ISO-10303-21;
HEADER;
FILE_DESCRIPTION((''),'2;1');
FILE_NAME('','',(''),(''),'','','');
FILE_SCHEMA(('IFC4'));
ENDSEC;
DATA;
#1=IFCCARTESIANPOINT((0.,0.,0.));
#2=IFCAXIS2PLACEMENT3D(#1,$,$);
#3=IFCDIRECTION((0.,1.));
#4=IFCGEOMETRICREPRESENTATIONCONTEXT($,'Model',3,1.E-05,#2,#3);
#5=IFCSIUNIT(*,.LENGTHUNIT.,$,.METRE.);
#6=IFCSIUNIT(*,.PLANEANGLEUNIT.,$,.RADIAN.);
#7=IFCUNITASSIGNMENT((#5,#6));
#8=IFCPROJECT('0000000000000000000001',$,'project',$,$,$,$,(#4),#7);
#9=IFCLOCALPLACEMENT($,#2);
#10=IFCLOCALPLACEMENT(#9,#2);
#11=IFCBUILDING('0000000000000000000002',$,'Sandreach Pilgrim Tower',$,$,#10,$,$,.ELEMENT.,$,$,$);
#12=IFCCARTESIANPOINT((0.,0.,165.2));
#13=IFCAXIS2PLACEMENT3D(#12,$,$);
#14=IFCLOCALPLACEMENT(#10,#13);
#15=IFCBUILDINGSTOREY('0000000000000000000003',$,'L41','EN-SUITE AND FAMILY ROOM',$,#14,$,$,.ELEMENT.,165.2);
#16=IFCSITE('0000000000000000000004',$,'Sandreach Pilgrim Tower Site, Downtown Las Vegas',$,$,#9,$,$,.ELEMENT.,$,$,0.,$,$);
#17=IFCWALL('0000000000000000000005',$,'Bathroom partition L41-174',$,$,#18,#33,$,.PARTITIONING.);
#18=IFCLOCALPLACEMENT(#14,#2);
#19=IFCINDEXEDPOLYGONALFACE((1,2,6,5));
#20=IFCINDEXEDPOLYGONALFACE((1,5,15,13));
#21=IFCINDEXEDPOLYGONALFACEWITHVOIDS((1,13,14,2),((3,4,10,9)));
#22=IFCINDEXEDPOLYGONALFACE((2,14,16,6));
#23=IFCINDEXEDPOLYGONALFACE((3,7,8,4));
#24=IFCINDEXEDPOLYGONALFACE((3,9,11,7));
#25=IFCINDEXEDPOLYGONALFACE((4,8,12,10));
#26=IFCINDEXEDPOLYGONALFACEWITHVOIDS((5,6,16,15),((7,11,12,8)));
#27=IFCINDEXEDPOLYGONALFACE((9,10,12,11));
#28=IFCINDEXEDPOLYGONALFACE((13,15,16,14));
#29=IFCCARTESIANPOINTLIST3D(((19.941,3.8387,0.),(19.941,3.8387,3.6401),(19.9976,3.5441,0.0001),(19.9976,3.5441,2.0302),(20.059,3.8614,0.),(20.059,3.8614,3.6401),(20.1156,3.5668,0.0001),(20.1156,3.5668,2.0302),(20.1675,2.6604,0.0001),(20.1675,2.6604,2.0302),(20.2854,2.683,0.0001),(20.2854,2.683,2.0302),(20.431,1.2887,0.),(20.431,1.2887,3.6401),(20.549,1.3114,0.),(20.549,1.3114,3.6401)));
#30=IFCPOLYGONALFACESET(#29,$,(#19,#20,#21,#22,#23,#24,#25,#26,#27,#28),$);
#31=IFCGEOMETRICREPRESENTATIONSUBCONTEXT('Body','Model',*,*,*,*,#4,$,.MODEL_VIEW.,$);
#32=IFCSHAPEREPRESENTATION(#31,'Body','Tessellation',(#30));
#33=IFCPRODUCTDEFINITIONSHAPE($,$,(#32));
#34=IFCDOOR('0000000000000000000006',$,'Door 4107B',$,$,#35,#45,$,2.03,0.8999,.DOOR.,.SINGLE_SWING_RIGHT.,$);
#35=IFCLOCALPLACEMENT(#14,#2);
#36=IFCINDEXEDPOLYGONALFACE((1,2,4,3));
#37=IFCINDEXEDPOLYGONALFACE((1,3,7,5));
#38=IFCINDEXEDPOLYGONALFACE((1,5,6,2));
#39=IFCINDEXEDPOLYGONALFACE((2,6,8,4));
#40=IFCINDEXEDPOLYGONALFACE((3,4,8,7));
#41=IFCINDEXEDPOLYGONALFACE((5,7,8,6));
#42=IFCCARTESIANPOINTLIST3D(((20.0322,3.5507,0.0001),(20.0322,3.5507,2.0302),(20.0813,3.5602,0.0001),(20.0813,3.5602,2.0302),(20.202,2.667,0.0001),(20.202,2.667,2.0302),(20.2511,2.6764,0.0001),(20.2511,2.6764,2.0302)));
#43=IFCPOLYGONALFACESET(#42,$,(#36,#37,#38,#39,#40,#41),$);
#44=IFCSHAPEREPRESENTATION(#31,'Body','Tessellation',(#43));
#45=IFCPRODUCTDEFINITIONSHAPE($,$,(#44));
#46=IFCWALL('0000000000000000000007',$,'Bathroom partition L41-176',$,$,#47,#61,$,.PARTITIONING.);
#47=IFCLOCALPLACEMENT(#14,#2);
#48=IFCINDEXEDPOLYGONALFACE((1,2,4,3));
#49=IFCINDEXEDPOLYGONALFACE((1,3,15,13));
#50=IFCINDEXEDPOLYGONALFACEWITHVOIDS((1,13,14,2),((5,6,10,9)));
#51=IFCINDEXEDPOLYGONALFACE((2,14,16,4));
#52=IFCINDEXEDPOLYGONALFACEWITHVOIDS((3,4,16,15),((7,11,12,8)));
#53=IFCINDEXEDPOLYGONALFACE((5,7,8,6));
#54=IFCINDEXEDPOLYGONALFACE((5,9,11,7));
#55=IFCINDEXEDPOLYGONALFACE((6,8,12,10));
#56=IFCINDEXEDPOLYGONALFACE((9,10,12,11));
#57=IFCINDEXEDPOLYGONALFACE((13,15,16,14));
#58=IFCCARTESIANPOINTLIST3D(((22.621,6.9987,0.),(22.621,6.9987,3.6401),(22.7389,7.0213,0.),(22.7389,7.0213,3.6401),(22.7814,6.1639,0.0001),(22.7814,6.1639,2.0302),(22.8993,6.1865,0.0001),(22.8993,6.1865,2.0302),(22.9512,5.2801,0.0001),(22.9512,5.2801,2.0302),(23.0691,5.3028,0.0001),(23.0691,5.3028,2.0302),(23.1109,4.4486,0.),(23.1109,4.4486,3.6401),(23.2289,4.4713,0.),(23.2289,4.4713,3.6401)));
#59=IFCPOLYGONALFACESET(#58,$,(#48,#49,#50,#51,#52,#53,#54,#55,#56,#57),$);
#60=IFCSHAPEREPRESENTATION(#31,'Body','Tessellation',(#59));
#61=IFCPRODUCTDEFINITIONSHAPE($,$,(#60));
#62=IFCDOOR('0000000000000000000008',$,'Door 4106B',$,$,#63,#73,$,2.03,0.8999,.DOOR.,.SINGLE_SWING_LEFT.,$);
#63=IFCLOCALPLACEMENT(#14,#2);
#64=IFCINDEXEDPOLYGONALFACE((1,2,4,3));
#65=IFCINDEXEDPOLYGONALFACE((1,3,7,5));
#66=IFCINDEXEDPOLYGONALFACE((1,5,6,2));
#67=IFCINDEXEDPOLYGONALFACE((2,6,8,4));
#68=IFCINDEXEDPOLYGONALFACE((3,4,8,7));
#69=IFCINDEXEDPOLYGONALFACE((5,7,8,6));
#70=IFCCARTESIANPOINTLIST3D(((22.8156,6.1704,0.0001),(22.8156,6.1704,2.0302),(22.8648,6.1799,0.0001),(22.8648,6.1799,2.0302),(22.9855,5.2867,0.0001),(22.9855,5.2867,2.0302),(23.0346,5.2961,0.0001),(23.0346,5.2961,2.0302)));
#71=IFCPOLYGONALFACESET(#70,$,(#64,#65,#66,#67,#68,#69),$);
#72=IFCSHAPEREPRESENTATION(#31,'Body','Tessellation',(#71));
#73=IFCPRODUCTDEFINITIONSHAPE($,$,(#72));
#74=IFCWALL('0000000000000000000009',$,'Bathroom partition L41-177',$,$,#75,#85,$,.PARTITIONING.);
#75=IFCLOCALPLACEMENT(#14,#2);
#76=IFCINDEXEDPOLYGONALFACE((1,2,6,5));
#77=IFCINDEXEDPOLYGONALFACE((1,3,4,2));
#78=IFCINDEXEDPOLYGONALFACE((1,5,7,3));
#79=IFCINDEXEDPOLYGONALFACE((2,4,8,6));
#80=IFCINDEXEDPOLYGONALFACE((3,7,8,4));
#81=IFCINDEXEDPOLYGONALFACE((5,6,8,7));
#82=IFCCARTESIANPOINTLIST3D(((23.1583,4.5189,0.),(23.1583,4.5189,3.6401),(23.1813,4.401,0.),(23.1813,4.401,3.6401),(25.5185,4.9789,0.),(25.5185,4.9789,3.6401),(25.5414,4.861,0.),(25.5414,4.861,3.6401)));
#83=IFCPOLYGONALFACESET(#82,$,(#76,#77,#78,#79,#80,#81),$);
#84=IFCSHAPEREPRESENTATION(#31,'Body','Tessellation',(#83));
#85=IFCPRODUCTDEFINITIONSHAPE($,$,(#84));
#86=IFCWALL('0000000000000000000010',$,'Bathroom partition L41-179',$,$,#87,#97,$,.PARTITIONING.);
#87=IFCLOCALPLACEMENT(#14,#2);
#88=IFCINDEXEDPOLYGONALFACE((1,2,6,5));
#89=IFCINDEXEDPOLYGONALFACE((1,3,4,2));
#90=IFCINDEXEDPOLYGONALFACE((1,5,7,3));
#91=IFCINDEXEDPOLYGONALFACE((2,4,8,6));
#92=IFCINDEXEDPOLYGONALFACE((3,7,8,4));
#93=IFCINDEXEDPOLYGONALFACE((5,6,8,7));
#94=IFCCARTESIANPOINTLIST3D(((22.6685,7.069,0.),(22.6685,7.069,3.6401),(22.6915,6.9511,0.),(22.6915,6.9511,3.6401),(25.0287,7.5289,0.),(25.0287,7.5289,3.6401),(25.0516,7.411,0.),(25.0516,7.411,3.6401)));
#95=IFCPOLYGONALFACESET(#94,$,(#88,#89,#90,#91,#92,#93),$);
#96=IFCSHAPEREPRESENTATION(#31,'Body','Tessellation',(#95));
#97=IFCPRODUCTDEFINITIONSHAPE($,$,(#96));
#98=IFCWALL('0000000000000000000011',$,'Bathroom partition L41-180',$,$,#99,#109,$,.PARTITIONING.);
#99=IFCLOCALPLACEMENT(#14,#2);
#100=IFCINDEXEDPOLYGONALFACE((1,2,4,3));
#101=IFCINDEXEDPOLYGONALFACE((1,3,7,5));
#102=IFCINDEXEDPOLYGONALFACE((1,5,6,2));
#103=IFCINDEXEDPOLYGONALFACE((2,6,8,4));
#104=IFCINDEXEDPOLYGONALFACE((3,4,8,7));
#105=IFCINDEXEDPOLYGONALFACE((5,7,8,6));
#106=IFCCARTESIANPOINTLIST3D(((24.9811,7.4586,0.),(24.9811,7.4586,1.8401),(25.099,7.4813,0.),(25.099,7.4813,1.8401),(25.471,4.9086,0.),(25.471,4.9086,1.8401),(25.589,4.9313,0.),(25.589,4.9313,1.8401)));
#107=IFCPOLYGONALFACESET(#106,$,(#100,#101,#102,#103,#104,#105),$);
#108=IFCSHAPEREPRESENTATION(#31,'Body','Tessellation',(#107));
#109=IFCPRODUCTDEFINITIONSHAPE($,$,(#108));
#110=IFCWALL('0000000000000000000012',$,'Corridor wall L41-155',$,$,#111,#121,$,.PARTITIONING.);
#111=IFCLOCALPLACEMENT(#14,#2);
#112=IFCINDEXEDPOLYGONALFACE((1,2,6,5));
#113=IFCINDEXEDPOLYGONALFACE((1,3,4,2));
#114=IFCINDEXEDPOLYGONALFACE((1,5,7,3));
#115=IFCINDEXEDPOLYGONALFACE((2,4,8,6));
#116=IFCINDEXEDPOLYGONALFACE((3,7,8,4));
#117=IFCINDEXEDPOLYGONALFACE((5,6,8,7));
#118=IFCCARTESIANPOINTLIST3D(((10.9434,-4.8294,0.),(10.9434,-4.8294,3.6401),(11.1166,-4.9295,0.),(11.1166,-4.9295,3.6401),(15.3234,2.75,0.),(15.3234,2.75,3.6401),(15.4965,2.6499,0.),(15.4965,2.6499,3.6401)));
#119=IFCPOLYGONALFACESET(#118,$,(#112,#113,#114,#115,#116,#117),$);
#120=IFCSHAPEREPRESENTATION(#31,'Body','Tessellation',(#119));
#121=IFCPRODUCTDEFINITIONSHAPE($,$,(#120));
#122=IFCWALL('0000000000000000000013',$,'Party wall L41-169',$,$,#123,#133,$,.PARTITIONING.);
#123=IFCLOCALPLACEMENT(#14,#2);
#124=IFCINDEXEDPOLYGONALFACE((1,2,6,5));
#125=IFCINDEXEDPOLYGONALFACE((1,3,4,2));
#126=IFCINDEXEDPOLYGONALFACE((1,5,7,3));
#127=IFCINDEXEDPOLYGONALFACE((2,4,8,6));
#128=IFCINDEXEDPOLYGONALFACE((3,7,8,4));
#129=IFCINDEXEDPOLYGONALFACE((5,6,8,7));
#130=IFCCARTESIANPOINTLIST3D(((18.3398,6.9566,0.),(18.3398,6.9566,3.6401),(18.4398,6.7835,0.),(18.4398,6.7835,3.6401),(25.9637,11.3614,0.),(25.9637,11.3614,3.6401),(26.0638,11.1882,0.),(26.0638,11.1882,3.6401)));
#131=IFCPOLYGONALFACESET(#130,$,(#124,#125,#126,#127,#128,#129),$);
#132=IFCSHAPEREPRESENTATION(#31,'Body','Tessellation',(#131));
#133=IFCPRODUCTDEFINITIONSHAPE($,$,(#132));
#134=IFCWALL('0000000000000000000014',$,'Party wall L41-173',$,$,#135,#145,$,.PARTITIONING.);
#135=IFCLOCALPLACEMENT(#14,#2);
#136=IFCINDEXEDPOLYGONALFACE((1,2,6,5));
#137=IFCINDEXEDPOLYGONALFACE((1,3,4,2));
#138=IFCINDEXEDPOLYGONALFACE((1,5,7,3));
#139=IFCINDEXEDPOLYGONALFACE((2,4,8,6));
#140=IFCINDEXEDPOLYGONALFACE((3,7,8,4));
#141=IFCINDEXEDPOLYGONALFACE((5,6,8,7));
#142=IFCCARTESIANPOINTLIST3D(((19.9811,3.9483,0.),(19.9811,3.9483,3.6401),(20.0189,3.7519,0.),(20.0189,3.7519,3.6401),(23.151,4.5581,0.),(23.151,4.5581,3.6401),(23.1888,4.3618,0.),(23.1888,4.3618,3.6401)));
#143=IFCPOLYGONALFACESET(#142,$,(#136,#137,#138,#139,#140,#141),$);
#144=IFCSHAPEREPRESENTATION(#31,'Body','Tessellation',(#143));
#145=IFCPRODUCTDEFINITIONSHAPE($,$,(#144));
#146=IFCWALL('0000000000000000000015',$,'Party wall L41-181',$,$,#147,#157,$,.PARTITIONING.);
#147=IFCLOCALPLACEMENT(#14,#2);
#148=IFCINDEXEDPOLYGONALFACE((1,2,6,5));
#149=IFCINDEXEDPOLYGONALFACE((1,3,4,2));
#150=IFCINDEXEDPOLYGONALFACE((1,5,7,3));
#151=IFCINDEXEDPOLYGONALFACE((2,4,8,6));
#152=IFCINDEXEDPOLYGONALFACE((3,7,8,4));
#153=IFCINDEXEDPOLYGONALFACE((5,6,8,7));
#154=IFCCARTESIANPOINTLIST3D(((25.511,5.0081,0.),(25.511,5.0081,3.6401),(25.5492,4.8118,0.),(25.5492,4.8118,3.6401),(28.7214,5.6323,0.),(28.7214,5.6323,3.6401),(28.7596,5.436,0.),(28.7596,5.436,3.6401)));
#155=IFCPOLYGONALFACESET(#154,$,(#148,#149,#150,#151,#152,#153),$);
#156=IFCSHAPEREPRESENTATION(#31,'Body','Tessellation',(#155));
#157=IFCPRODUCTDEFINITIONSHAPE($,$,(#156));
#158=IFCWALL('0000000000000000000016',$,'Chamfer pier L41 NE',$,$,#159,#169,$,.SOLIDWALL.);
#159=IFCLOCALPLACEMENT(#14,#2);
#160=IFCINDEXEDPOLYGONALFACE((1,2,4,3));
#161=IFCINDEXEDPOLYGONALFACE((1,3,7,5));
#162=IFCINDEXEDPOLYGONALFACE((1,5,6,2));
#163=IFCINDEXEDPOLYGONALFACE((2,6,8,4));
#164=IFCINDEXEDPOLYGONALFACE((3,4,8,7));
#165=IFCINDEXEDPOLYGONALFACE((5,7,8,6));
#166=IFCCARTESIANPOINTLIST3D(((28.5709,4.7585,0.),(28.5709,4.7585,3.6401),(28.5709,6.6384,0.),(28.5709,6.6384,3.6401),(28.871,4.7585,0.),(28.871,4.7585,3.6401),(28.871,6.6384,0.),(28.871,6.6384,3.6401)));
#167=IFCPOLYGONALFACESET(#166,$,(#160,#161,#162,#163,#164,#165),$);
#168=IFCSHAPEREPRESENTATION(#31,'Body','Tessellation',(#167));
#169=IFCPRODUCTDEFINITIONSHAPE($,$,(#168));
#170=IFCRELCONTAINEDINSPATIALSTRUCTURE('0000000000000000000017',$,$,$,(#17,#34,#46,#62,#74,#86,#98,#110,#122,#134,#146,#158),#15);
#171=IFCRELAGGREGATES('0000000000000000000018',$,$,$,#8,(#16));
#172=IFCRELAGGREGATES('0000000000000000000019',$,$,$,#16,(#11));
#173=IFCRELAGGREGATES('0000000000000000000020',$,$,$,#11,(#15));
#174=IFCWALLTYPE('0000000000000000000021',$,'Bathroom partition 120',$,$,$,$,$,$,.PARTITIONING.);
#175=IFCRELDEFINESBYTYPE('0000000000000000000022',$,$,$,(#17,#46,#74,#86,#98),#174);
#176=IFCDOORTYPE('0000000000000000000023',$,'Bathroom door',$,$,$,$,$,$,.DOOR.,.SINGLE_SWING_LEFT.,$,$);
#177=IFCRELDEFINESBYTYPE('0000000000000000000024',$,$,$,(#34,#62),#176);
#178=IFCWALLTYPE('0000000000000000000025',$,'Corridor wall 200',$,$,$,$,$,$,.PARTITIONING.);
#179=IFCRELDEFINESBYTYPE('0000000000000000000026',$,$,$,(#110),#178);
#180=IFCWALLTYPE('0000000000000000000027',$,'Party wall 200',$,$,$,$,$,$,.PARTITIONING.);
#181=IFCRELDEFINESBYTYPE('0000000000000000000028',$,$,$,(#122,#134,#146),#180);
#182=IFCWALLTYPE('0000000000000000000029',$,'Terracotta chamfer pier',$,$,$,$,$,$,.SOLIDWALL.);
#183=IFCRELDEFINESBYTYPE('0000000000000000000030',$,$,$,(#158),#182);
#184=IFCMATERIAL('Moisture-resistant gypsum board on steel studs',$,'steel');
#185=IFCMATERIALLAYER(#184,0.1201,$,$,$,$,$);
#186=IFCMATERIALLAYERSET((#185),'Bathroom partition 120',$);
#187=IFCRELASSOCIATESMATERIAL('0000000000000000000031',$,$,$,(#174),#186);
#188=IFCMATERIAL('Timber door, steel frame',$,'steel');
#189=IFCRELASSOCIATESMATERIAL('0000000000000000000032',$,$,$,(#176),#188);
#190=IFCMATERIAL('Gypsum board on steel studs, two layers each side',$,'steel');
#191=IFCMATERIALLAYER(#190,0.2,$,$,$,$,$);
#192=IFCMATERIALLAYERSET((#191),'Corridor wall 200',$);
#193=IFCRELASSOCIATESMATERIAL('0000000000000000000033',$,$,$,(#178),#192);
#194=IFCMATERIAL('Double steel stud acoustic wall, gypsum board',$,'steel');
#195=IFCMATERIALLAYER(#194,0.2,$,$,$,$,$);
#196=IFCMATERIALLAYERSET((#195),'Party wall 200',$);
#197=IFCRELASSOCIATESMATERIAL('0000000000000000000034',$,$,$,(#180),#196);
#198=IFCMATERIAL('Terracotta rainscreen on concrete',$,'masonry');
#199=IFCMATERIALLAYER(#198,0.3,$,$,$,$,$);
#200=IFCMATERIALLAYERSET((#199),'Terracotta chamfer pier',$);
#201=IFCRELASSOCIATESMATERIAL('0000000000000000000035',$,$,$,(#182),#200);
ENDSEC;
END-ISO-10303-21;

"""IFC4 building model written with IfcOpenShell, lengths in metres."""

from ifc_helpers import new_model, si_unit, direction, frame, frame_2d, origin, place, context, subcontext, project, spatial, rectangle, extrude, material, layer, layer_set, type_object, element, fill, save


model = new_model("IFC4")

# Units and contexts
model_context = context("Model", 3, precision=1e-05, world=origin(), true_north=direction((0.0, 1.0)))
body_context = subcontext(model_context, "Body", "Model", "MODEL_VIEW")
ifc_project = project(units=[si_unit("LENGTHUNIT", "METRE"), si_unit("PLANEANGLEUNIT", "RADIAN")], contexts=[model_context])

# Site, building, storey
site_placement = place(None, origin())
site = spatial("IfcSite", under=ifc_project, at=site_placement, Name="Sandreach Pilgrim Tower Site, Downtown Las Vegas", CompositionType="ELEMENT", RefElevation=0.0)
building_placement = place(site_placement, origin())
building = spatial("IfcBuilding", under=site, at=building_placement, Name="Sandreach Pilgrim Tower", CompositionType="ELEMENT")
storey_placement = place(building_placement, frame((0.0, 0.0, 165.2)))
storey = spatial("IfcBuildingStorey", under=building, at=storey_placement, Name="L41", Description="EN-SUITE AND FAMILY ROOM", CompositionType="ELEMENT", Elevation=165.2)

# Shared definitions
ifc_material_1 = material(Name="Moisture-resistant gypsum board on steel studs", Category="steel")
ifc_layer_1 = layer(ifc_material_1, 0.1201)
ifc_layer_set_1 = layer_set([ifc_layer_1], Name="Bathroom partition 120")
wall_type_1 = type_object("IfcWallType", Name="Bathroom partition 120", PredefinedType="PARTITIONING", material=ifc_layer_set_1)

# Walls, openings, doors
wall_1_placement = place(storey_placement, frame((20.49, 1.3, 0.0), z_axis=(0.0, 0.0, 1.0), x_axis=(-0.188697, 0.982035, 0.0)))
wall_1 = element("IfcWall", 1, at=wall_1_placement, inside=storey, type_object=wall_type_1, Name="Bathroom partition L41-174", PredefinedType="PARTITIONING", context=body_context, shape_type="SweptSolid", body=[
    extrude(rectangle(XDim=2.5967, YDim=0.1201, at=frame_2d((1.2983, 0.0))), origin(), (0.0, 0.0, 1.0), 3.6401),
])
opening_1_placement = place(wall_1_placement, frame((1.3967, 0.0, 0.0)))
opening_1 = element("IfcOpeningElement", 2, at=opening_1_placement, cuts=wall_1, PredefinedType="OPENING", context=body_context, shape_type="SweptSolid", body=[
    extrude(rectangle(XDim=0.8999, YDim=2.03, at=frame_2d((0.45, 1.0151))), frame((0.0, 0.0601, 0.0), z_axis=(0.0, -1.0, 0.0), x_axis=(1.0, 0.0, 0.0)), (0.0, 0.0, 1.0), 0.1201),
])
ifc_material_2 = material(Name="Timber door, steel frame", Category="steel")
door_type_1 = type_object("IfcDoorType", Name="Bathroom door", OperationType="SINGLE_SWING_LEFT", PredefinedType="DOOR", material=ifc_material_2)
door_1_placement = place(opening_1_placement, origin())
door_1 = element("IfcDoor", 3, at=door_1_placement, inside=storey, type_object=door_type_1, Name="Door 4107B", OperationType="SINGLE_SWING_RIGHT", OverallHeight=2.03, OverallWidth=0.8999, PredefinedType="DOOR", context=body_context, shape_type="SweptSolid", body=[
    extrude(rectangle(XDim=0.8999, YDim=2.03, at=frame_2d((0.45, 1.0151))), frame((0.0, 0.0249, 0.0), z_axis=(0.0, -1.0, 0.0), x_axis=(1.0, 0.0, 0.0)), (0.0, 0.0, 1.0), 0.05),
])
fill(opening_1, door_1)
wall_2_placement = place(storey_placement, frame((22.6799, 7.01, 0.0), z_axis=(0.0, 0.0, 1.0), x_axis=(0.188697, -0.982035, 0.0)))
wall_2 = element("IfcWall", 4, at=wall_2_placement, inside=storey, type_object=wall_type_1, Name="Bathroom partition L41-176", PredefinedType="PARTITIONING", context=body_context, shape_type="SweptSolid", body=[
    extrude(rectangle(XDim=2.5967, YDim=0.1201, at=frame_2d((1.2983, 0.0))), origin(), (0.0, 0.0, 1.0), 3.6401),
])
opening_2_placement = place(wall_2_placement, frame((0.8501, 0.0, 0.0)))
opening_2 = element("IfcOpeningElement", 5, at=opening_2_placement, cuts=wall_2, PredefinedType="OPENING", context=body_context, shape_type="SweptSolid", body=[
    extrude(rectangle(XDim=0.8999, YDim=2.03, at=frame_2d((0.45, 1.0151))), frame((0.0, 0.0601, 0.0), z_axis=(0.0, -1.0, 0.0), x_axis=(1.0, 0.0, 0.0)), (0.0, 0.0, 1.0), 0.1201),
])
door_2_placement = place(opening_2_placement, origin())
door_2 = element("IfcDoor", 6, at=door_2_placement, inside=storey, type_object=door_type_1, Name="Door 4106B", OperationType="SINGLE_SWING_LEFT", OverallHeight=2.03, OverallWidth=0.8999, PredefinedType="DOOR", context=body_context, shape_type="SweptSolid", body=[
    extrude(rectangle(XDim=0.8999, YDim=2.03, at=frame_2d((0.45, 1.0151))), frame((0.0, 0.0249, 0.0), z_axis=(0.0, -1.0, 0.0), x_axis=(1.0, 0.0, 0.0)), (0.0, 0.0, 1.0), 0.05),
])
fill(opening_2, door_2)

# Walls
for number, where, z_axis, x_axis, name in (
    (7, (23.1699, 4.46, 0.0), (0.0, 0.0, 1.0), (0.981533, 0.191291, 0.0), "Bathroom partition L41-177"),
    (8, (25.04, 7.47, 0.0), (0.0, 0.0, 1.0), (-0.981533, -0.191291, 0.0), "Bathroom partition L41-179"),
):
    element("IfcWall", number, at=place(storey_placement, frame(where, z_axis=z_axis, x_axis=x_axis)), inside=storey, type_object=wall_type_1, Name=name, PredefinedType="PARTITIONING", context=body_context, shape_type="SweptSolid", body=[
        extrude(rectangle(XDim=2.4045, YDim=0.1201, at=frame_2d((1.2021, 0.0))), origin(), (0.0, 0.0, 1.0), 3.6401),
    ])
wall_3_placement = place(storey_placement, frame((25.53, 4.9199, 0.0), z_axis=(0.0, 0.0, 1.0), x_axis=(-0.188697, 0.982035, 0.0)))
element("IfcWall", 9, at=wall_3_placement, inside=storey, type_object=wall_type_1, Name="Bathroom partition L41-180", PredefinedType="PARTITIONING", context=body_context, shape_type="SweptSolid", body=[
    extrude(rectangle(XDim=2.5967, YDim=0.1201, at=frame_2d((1.2983, 0.0))), origin(), (0.0, 0.0, 1.0), 1.8401),
])
ifc_material_3 = material(Name="Gypsum board on steel studs, two layers each side", Category="steel")
ifc_layer_2 = layer(ifc_material_3, 0.2)
ifc_layer_set_2 = layer_set([ifc_layer_2], Name="Corridor wall 200")
wall_type_2 = type_object("IfcWallType", Name="Corridor wall 200", PredefinedType="PARTITIONING", material=ifc_layer_set_2)
wall_4_placement = place(storey_placement, frame((15.4099, 2.7, 0.0), z_axis=(0.0, 0.0, 1.0), x_axis=(-0.500338, -0.86583, 0.0)))
element("IfcWall", 10, at=wall_4_placement, inside=storey, type_object=wall_type_2, Name="Corridor wall L41-155", PredefinedType="PARTITIONING", context=body_context, shape_type="SweptSolid", body=[
    extrude(rectangle(XDim=8.7539, YDim=0.2, at=frame_2d((4.377, 0.0))), origin(), (0.0, 0.0, 1.0), 3.6401),
])

# Walls
ifc_material_4 = material(Name="Double steel stud acoustic wall, gypsum board", Category="steel")
ifc_layer_3 = layer(ifc_material_4, 0.2)
ifc_layer_set_3 = layer_set([ifc_layer_3], Name="Party wall 200")
wall_type_3 = type_object("IfcWallType", Name="Party wall 200", PredefinedType="PARTITIONING", material=ifc_layer_set_3)
wall_5_placement = place(storey_placement, frame((18.3899, 6.8701, 0.0), z_axis=(0.0, 0.0, 1.0), x_axis=(0.865875, 0.50026, 0.0)))
element("IfcWall", 11, at=wall_5_placement, inside=storey, type_object=wall_type_3, Name="Party wall L41-169", PredefinedType="PARTITIONING", context=body_context, shape_type="SweptSolid", body=[
    extrude(rectangle(XDim=8.8049, YDim=0.2, at=frame_2d((4.4023, 0.0))), origin(), (0.0, 0.0, 1.0), 3.6401),
])
wall_6_placement = place(storey_placement, frame((20.0, 3.8501, 0.0), z_axis=(0.0, 0.0, 1.0), x_axis=(0.981991, 0.188926, 0.0)))
element("IfcWall", 12, at=wall_6_placement, inside=storey, type_object=wall_type_3, Name="Party wall L41-173", PredefinedType="PARTITIONING", context=body_context, shape_type="SweptSolid", body=[
    extrude(rectangle(XDim=3.228, YDim=0.2, at=frame_2d((1.614, 0.0))), origin(), (0.0, 0.0, 1.0), 3.6401),
])
wall_7_placement = place(storey_placement, frame((28.7405, 5.5342, 0.0), z_axis=(0.0, 0.0, 1.0), x_axis=(-0.981615, -0.190874, 0.0)))
element("IfcWall", 13, at=wall_7_placement, inside=storey, type_object=wall_type_3, Name="Party wall L41-181", PredefinedType="PARTITIONING", context=body_context, shape_type="SweptSolid", body=[
    extrude(rectangle(XDim=3.2705, YDim=0.2, at=frame_2d((1.6353, 0.0))), origin(), (0.0, 0.0, 1.0), 3.6401),
])
ifc_material_5 = material(Name="Terracotta rainscreen on concrete", Category="masonry")
ifc_layer_4 = layer(ifc_material_5, 0.3)
ifc_layer_set_4 = layer_set([ifc_layer_4], Name="Terracotta chamfer pier")
wall_type_4 = type_object("IfcWallType", Name="Terracotta chamfer pier", PredefinedType="SOLIDWALL", material=ifc_layer_set_4)
wall_8_placement = place(storey_placement, frame((28.7209, 6.6384, 0.0), z_axis=(0.0, 0.0, 1.0), x_axis=(0.0, -1.0, 0.0)))
element("IfcWall", 14, at=wall_8_placement, inside=storey, type_object=wall_type_4, Name="Chamfer pier L41 NE", PredefinedType="SOLIDWALL", context=body_context, shape_type="SweptSolid", body=[
    extrude(rectangle(XDim=1.8799, YDim=0.3, at=frame_2d((0.9399, 0.0))), origin(), (0.0, 0.0, 1.0), 3.6401),
])

save(model, "model.ifc")
